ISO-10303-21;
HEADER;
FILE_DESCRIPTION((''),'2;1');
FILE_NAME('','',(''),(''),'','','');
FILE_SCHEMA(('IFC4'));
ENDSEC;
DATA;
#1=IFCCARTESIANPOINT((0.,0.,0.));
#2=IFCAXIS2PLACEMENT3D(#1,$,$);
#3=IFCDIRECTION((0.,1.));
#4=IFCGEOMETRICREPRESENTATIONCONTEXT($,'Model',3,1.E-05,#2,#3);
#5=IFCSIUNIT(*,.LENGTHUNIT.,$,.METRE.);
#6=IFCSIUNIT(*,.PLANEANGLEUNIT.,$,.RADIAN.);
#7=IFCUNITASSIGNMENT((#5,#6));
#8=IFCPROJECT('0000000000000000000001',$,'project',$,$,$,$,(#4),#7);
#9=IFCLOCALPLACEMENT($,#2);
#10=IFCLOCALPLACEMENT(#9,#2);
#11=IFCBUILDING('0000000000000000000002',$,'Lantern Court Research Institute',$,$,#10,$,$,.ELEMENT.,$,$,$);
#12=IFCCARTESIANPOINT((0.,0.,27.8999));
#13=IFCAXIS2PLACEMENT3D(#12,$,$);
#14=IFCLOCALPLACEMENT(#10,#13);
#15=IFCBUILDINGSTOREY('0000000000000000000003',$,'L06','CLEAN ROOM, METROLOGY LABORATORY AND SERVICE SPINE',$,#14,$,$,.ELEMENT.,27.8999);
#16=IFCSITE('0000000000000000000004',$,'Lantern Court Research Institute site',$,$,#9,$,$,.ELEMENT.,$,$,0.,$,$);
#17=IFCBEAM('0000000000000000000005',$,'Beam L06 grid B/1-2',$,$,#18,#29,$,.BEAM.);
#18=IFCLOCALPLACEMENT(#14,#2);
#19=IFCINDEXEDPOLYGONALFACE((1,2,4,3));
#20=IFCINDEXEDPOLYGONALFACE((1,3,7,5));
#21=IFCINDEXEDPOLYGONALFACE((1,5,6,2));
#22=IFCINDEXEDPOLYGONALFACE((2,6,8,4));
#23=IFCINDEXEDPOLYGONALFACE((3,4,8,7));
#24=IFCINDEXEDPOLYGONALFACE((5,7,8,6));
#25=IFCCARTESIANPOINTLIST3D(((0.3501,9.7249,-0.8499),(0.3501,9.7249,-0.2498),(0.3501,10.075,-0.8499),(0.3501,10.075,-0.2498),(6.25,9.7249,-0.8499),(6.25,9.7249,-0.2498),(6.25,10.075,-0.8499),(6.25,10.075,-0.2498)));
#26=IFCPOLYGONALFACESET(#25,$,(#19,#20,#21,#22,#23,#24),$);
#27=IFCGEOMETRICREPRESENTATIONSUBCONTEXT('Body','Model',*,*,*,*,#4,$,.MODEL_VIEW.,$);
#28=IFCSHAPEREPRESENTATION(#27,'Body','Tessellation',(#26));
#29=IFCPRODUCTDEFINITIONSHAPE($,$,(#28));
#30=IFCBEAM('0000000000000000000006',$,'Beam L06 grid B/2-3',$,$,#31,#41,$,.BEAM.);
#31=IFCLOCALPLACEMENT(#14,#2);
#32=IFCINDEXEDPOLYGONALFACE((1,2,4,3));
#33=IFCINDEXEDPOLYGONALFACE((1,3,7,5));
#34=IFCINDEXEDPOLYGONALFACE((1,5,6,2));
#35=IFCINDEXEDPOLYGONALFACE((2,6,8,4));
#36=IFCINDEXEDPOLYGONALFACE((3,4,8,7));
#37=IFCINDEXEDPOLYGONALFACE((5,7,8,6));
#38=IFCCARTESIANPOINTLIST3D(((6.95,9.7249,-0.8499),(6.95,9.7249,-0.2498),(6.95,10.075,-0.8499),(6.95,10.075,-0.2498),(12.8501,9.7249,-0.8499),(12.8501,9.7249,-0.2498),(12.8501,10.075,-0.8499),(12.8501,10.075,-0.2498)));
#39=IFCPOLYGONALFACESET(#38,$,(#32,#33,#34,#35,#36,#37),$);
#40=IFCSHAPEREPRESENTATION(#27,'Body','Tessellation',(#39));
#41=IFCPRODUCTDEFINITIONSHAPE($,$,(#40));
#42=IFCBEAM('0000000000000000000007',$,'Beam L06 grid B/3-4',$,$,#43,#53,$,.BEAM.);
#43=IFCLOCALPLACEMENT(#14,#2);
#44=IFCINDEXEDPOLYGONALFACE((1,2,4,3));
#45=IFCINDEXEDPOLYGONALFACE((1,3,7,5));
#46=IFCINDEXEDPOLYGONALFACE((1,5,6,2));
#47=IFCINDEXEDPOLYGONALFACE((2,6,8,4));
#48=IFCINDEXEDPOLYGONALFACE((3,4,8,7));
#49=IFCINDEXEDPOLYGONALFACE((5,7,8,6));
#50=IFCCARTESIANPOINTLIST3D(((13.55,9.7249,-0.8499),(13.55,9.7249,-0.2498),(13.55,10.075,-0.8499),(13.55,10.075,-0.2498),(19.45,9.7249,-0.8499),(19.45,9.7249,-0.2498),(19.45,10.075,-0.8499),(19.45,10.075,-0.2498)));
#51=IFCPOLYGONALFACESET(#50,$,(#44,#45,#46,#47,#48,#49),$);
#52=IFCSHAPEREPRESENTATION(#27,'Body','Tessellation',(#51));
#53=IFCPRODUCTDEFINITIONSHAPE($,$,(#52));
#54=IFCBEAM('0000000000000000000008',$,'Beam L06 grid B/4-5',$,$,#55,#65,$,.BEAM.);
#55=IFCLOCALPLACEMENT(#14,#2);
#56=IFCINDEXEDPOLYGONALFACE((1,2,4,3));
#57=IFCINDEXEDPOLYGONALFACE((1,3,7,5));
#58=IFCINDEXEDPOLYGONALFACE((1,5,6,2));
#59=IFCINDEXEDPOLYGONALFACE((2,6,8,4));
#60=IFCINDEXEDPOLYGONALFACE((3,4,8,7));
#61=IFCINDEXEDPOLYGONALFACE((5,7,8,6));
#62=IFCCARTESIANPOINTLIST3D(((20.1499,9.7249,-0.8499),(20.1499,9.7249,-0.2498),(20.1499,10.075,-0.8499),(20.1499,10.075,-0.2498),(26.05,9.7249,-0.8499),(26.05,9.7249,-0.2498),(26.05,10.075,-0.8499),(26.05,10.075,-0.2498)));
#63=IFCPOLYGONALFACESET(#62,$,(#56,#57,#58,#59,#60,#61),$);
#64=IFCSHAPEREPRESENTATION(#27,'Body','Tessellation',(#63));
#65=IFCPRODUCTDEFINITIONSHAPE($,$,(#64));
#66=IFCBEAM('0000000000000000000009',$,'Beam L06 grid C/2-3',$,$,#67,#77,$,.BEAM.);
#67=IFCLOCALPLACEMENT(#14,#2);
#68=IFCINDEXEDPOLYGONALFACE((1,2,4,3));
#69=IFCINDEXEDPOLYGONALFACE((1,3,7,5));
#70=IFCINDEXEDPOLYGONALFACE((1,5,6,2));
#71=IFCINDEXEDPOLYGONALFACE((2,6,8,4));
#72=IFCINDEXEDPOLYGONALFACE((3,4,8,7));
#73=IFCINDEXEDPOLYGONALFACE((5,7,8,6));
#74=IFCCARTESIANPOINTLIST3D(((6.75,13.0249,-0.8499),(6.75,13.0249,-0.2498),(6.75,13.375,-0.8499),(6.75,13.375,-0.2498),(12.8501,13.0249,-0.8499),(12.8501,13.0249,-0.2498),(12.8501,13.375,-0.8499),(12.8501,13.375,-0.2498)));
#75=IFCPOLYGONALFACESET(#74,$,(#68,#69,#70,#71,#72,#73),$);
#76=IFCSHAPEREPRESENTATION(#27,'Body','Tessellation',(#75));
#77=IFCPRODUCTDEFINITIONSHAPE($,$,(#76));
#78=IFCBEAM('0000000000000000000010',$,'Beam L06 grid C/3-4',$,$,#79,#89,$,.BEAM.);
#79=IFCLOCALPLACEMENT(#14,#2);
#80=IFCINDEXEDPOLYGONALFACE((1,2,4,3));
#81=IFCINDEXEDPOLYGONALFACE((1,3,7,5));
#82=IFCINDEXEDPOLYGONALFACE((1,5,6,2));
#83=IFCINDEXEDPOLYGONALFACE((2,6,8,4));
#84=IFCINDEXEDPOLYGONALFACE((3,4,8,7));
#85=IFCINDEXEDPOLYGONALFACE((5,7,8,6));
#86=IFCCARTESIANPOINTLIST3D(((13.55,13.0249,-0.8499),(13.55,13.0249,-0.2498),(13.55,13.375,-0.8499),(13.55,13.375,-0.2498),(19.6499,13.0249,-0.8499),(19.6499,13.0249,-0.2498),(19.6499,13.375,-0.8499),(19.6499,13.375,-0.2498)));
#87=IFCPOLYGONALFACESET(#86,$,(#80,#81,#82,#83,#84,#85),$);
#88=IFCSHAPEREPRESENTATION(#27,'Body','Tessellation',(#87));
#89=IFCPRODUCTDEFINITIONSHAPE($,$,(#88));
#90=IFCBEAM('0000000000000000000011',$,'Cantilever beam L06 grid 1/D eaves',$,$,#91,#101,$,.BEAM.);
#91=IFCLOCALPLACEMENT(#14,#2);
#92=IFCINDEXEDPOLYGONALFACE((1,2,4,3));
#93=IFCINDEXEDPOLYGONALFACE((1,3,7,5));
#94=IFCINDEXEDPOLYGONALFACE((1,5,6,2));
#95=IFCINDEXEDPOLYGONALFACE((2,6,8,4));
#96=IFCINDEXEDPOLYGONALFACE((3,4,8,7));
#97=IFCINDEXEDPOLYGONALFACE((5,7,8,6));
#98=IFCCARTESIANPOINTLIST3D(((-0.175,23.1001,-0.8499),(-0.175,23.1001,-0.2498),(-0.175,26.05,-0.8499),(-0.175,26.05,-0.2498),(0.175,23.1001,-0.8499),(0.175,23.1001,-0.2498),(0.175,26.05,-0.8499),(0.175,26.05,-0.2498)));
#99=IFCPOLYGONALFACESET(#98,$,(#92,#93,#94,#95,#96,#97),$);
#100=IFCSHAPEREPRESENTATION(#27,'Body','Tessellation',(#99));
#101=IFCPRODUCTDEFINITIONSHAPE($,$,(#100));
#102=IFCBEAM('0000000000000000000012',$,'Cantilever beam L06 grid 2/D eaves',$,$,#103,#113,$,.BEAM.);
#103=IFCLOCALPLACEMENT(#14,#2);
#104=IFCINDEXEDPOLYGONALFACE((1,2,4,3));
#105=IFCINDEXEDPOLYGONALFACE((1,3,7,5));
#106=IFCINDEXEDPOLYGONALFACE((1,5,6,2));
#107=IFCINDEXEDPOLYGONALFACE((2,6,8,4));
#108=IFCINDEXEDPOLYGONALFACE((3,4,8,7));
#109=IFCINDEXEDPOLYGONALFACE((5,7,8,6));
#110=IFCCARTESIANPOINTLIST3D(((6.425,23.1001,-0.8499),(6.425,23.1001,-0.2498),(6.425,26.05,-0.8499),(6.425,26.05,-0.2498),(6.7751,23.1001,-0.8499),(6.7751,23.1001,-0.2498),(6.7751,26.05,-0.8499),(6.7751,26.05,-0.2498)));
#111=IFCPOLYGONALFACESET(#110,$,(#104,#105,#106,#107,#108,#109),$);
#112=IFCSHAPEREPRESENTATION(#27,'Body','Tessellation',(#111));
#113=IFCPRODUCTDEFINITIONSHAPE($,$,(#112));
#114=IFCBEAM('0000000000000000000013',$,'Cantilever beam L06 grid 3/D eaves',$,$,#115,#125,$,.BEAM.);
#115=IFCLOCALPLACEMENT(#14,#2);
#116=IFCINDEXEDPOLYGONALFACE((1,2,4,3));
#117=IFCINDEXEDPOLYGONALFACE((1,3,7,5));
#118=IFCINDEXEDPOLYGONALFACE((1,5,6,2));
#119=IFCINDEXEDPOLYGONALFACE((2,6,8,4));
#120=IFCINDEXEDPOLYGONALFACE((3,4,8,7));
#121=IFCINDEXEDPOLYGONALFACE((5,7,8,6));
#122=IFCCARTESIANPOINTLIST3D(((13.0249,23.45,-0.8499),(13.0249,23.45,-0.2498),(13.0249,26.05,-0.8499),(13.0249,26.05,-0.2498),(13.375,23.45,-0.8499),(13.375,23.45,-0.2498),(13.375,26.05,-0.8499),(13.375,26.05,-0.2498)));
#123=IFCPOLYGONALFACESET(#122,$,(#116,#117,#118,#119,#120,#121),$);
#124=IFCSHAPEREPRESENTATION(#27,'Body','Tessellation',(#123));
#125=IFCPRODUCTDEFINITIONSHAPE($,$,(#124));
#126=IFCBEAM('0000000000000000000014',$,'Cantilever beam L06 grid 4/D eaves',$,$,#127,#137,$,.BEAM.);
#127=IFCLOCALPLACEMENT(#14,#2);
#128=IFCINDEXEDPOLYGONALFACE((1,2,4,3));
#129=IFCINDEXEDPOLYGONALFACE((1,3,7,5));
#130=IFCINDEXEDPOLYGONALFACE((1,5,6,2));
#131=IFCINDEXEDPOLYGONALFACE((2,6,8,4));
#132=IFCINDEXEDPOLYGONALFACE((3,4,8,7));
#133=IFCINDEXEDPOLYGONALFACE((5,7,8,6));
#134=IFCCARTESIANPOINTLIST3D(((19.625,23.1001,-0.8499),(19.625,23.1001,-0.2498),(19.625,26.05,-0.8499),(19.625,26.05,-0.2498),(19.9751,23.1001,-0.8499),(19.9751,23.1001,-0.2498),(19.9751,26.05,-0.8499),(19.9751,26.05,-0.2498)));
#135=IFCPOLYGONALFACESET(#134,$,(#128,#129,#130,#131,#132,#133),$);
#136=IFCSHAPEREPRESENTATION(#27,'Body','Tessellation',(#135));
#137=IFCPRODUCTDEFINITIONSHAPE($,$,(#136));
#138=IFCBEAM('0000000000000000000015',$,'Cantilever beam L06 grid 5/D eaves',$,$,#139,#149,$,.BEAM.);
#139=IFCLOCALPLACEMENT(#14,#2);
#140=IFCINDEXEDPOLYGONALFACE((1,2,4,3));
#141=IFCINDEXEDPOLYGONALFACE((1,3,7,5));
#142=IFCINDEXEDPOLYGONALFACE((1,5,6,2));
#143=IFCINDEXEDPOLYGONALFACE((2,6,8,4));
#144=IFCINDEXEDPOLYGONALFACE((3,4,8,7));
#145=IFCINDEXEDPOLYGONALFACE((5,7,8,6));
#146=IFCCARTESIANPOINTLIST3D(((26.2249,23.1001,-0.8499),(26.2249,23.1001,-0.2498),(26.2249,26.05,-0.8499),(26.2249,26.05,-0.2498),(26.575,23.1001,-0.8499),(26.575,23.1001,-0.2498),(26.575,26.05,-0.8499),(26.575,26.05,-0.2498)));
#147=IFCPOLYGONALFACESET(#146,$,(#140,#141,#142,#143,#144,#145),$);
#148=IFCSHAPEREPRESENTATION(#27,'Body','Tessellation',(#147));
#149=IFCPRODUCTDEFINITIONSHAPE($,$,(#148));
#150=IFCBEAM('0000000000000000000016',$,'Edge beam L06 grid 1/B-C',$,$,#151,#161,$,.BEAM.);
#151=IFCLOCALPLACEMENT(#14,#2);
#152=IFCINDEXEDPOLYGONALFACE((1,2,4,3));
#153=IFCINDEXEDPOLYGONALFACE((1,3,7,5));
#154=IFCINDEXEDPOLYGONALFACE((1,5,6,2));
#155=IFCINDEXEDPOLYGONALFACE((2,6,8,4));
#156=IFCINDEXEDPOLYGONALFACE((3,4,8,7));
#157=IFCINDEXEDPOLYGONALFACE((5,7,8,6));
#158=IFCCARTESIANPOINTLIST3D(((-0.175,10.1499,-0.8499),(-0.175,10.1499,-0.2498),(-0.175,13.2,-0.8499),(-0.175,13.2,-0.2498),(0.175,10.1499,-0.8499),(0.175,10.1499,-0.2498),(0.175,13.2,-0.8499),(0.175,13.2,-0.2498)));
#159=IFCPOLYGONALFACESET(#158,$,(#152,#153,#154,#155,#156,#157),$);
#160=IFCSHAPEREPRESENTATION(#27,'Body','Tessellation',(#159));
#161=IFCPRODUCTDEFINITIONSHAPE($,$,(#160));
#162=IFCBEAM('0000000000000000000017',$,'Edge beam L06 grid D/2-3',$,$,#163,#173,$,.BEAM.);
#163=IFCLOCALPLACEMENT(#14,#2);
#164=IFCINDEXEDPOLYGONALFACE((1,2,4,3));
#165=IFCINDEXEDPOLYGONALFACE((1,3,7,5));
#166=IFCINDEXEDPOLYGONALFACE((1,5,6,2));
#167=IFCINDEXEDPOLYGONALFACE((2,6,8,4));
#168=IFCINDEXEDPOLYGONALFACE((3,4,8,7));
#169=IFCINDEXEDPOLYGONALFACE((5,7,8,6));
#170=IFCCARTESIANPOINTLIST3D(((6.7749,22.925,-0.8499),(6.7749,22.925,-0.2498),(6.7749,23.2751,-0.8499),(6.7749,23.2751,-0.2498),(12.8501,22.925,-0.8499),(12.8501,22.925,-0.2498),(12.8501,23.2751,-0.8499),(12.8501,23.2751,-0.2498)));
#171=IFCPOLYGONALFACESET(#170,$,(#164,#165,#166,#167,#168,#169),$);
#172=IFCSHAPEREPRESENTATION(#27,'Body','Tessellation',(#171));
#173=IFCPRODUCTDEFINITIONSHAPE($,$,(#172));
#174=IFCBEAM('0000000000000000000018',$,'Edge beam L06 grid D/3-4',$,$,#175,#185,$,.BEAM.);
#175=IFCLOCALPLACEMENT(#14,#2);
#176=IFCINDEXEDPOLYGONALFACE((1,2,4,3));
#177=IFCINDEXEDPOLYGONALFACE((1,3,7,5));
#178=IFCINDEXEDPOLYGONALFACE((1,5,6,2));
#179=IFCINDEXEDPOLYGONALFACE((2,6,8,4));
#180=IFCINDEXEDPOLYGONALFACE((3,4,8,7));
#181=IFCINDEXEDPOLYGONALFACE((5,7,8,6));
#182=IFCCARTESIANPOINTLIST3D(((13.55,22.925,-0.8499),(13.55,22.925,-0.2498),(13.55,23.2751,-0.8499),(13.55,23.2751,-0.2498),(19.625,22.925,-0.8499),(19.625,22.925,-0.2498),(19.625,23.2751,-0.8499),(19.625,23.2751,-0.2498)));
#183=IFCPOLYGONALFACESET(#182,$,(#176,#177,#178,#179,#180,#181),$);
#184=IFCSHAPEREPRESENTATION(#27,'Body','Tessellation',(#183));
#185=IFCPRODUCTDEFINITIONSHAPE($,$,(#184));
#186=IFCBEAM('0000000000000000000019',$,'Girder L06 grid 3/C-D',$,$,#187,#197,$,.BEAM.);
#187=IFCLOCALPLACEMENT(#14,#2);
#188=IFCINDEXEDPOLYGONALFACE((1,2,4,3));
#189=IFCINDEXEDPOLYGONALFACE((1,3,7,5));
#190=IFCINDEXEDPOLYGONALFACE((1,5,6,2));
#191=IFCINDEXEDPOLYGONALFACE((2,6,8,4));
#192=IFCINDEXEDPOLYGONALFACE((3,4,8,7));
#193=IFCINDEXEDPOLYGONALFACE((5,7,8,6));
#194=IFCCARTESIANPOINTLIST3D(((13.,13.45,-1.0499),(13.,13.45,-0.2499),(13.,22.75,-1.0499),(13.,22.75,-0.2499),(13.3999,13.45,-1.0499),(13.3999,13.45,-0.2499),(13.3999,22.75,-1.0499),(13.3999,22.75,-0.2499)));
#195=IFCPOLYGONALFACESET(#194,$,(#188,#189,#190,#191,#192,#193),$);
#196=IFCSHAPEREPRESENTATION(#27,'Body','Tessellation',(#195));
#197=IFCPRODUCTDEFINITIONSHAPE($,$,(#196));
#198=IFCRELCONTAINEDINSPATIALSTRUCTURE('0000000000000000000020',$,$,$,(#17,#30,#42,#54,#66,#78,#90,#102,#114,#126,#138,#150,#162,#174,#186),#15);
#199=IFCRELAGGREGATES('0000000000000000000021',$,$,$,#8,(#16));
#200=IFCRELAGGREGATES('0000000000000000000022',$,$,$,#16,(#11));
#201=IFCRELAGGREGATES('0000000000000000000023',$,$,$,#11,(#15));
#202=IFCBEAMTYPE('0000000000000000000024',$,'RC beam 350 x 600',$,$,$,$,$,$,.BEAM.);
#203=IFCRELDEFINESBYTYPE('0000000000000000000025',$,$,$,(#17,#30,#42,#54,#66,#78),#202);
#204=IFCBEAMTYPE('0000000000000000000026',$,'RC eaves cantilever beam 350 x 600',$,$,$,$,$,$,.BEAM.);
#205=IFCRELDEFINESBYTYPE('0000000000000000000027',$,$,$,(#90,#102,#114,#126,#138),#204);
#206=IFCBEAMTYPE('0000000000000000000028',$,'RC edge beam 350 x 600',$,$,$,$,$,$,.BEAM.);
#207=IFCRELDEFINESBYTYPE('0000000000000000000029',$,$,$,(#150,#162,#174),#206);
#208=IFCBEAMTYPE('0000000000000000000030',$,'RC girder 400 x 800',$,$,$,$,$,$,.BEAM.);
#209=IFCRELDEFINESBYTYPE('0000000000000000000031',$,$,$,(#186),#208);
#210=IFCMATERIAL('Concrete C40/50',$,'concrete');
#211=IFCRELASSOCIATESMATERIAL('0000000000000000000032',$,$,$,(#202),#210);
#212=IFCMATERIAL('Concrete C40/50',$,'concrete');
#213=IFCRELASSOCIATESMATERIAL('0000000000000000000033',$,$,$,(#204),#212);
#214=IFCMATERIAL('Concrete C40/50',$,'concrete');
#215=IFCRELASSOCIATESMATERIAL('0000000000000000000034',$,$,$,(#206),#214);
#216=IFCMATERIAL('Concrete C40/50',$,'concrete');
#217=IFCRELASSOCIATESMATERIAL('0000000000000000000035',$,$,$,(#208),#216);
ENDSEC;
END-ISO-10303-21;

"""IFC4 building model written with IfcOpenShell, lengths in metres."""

from ifc_helpers import new_model, si_unit, direction, frame, origin, origin_2d, place, context, subcontext, project, spatial, rectangle, extrude, material, material_profile, profile_set, type_object, element, save


model = new_model("IFC4")

# Units and contexts
model_context = context("Model", 3, precision=1e-05, world=origin(), true_north=direction((0.0, 1.0)))
body_context = subcontext(model_context, "Body", "Model", "MODEL_VIEW")
ifc_project = project(units=[si_unit("LENGTHUNIT", "METRE"), si_unit("PLANEANGLEUNIT", "RADIAN")], contexts=[model_context])

# Site, building, storey
site_placement = place(None, origin())
site = spatial("IfcSite", under=ifc_project, at=site_placement, Name="Lantern Court Research Institute site", CompositionType="ELEMENT", RefElevation=0.0)
building_placement = place(site_placement, origin())
building = spatial("IfcBuilding", under=site, at=building_placement, Name="Lantern Court Research Institute", CompositionType="ELEMENT")
storey_placement = place(building_placement, frame((0.0, 0.0, 27.8999)))
storey = spatial("IfcBuildingStorey", under=building, at=storey_placement, Name="L06", Description="CLEAN ROOM, METROLOGY LABORATORY AND SERVICE SPINE", CompositionType="ELEMENT", Elevation=27.8999)

# Beams
ifc_material_1 = material(Name="Concrete C40/50", Category="concrete")
ifc_material_profile_1 = material_profile(ifc_material_1, rectangle(XDim=0.3501, YDim=0.6001, at=origin_2d()), Name="RC beam 350 x 600")
ifc_profile_set_1 = profile_set([ifc_material_profile_1], Name="Concrete C40/50")
beam_type_1 = type_object("IfcBeamType", Name="RC beam 350 x 600", PredefinedType="BEAM", material=ifc_profile_set_1)
beam_1_placement = place(storey_placement, frame((0.3501, 9.8999, -0.5498), z_axis=(1.0, 0.0, 0.0), x_axis=(0.0, 1.0, 0.0)))
element("IfcBeam", 1, at=beam_1_placement, inside=storey, type_object=beam_type_1, Name="Beam L06 grid B/1-2", PredefinedType="BEAM", context=body_context, shape_type="SweptSolid", body=[
    extrude(rectangle(XDim=0.3501, YDim=0.6001, at=origin_2d()), origin(), (0.0, 0.0, 1.0), 5.8999),
])
beam_2_placement = place(storey_placement, frame((6.95, 9.8999, -0.5498), z_axis=(1.0, 0.0, 0.0), x_axis=(0.0, 1.0, 0.0)))
element("IfcBeam", 2, at=beam_2_placement, inside=storey, type_object=beam_type_1, Name="Beam L06 grid B/2-3", PredefinedType="BEAM", context=body_context, shape_type="SweptSolid", body=[
    extrude(rectangle(XDim=0.3501, YDim=0.6001, at=origin_2d()), origin(), (0.0, 0.0, 1.0), 5.9001),
])
beam_3_placement = place(storey_placement, frame((13.55, 9.8999, -0.5498), z_axis=(1.0, 0.0, 0.0), x_axis=(0.0, 1.0, 0.0)))
element("IfcBeam", 3, at=beam_3_placement, inside=storey, type_object=beam_type_1, Name="Beam L06 grid B/3-4", PredefinedType="BEAM", context=body_context, shape_type="SweptSolid", body=[
    extrude(rectangle(XDim=0.3501, YDim=0.6001, at=origin_2d()), origin(), (0.0, 0.0, 1.0), 5.8999),
])
beam_4_placement = place(storey_placement, frame((20.1499, 9.8999, -0.5498), z_axis=(1.0, 0.0, 0.0), x_axis=(0.0, 1.0, 0.0)))
element("IfcBeam", 4, at=beam_4_placement, inside=storey, type_object=beam_type_1, Name="Beam L06 grid B/4-5", PredefinedType="BEAM", context=body_context, shape_type="SweptSolid", body=[
    extrude(rectangle(XDim=0.3501, YDim=0.6001, at=origin_2d()), origin(), (0.0, 0.0, 1.0), 5.9001),
])
beam_5_placement = place(storey_placement, frame((6.75, 13.2, -0.5498), z_axis=(1.0, 0.0, 0.0), x_axis=(0.0, 1.0, 0.0)))
element("IfcBeam", 5, at=beam_5_placement, inside=storey, type_object=beam_type_1, Name="Beam L06 grid C/2-3", PredefinedType="BEAM", context=body_context, shape_type="SweptSolid", body=[
    extrude(rectangle(XDim=0.3501, YDim=0.6001, at=origin_2d()), origin(), (0.0, 0.0, 1.0), 6.1001),
])
beam_6_placement = place(storey_placement, frame((13.55, 13.2, -0.5498), z_axis=(1.0, 0.0, 0.0), x_axis=(0.0, 1.0, 0.0)))
element("IfcBeam", 6, at=beam_6_placement, inside=storey, type_object=beam_type_1, Name="Beam L06 grid C/3-4", PredefinedType="BEAM", context=body_context, shape_type="SweptSolid", body=[
    extrude(rectangle(XDim=0.3501, YDim=0.6001, at=origin_2d()), origin(), (0.0, 0.0, 1.0), 6.0999),
])
ifc_material_2 = material(Name="Concrete C40/50", Category="concrete")
ifc_material_profile_2 = material_profile(ifc_material_2, rectangle(XDim=0.3501, YDim=0.6001, at=origin_2d()), Name="RC beam 350 x 600")
ifc_profile_set_2 = profile_set([ifc_material_profile_2], Name="Concrete C40/50")
beam_type_2 = type_object("IfcBeamType", Name="RC eaves cantilever beam 350 x 600", PredefinedType="BEAM", material=ifc_profile_set_2)
for number, where, z_axis, x_axis, name in (
    (7, (0.0, 23.1001, -0.5498), (0.0, 1.0, 0.0), (-1.0, 0.0, 0.0), "Cantilever beam L06 grid 1/D eaves"),
    (8, (6.6001, 23.1001, -0.5498), (0.0, 1.0, 0.0), (-1.0, 0.0, 0.0), "Cantilever beam L06 grid 2/D eaves"),
):
    element("IfcBeam", number, at=place(storey_placement, frame(where, z_axis=z_axis, x_axis=x_axis)), inside=storey, type_object=beam_type_2, Name=name, PredefinedType="BEAM", context=body_context, shape_type="SweptSolid", body=[
        extrude(rectangle(XDim=0.3501, YDim=0.6001, at=origin_2d()), origin(), (0.0, 0.0, 1.0), 2.95),
    ])
beam_7_placement = place(storey_placement, frame((13.2, 23.45, -0.5498), z_axis=(0.0, 1.0, 0.0), x_axis=(-1.0, 0.0, 0.0)))
element("IfcBeam", 9, at=beam_7_placement, inside=storey, type_object=beam_type_2, Name="Cantilever beam L06 grid 3/D eaves", PredefinedType="BEAM", context=body_context, shape_type="SweptSolid", body=[
    extrude(rectangle(XDim=0.3501, YDim=0.6001, at=origin_2d()), origin(), (0.0, 0.0, 1.0), 2.6001),
])
for number, where, z_axis, x_axis, name in (
    (10, (19.8, 23.1001, -0.5498), (0.0, 1.0, 0.0), (-1.0, 0.0, 0.0), "Cantilever beam L06 grid 4/D eaves"),
    (11, (26.3999, 23.1001, -0.5498), (0.0, 1.0, 0.0), (-1.0, 0.0, 0.0), "Cantilever beam L06 grid 5/D eaves"),
):
    element("IfcBeam", number, at=place(storey_placement, frame(where, z_axis=z_axis, x_axis=x_axis)), inside=storey, type_object=beam_type_2, Name=name, PredefinedType="BEAM", context=body_context, shape_type="SweptSolid", body=[
        extrude(rectangle(XDim=0.3501, YDim=0.6001, at=origin_2d()), origin(), (0.0, 0.0, 1.0), 2.95),
    ])
ifc_material_3 = material(Name="Concrete C40/50", Category="concrete")
ifc_material_profile_3 = material_profile(ifc_material_3, rectangle(XDim=0.3501, YDim=0.6001, at=origin_2d()), Name="RC beam 350 x 600")
ifc_profile_set_3 = profile_set([ifc_material_profile_3], Name="Concrete C40/50")
beam_type_3 = type_object("IfcBeamType", Name="RC edge beam 350 x 600", PredefinedType="BEAM", material=ifc_profile_set_3)
beam_8_placement = place(storey_placement, frame((0.0, 10.1499, -0.5498), z_axis=(0.0, 1.0, 0.0), x_axis=(-1.0, 0.0, 0.0)))
element("IfcBeam", 12, at=beam_8_placement, inside=storey, type_object=beam_type_3, Name="Edge beam L06 grid 1/B-C", PredefinedType="BEAM", context=body_context, shape_type="SweptSolid", body=[
    extrude(rectangle(XDim=0.3501, YDim=0.6001, at=origin_2d()), origin(), (0.0, 0.0, 1.0), 3.05),
])
beam_9_placement = place(storey_placement, frame((6.7749, 23.1001, -0.5498), z_axis=(1.0, 0.0, 0.0), x_axis=(0.0, 1.0, 0.0)))
element("IfcBeam", 13, at=beam_9_placement, inside=storey, type_object=beam_type_3, Name="Edge beam L06 grid D/2-3", PredefinedType="BEAM", context=body_context, shape_type="SweptSolid", body=[
    extrude(rectangle(XDim=0.3501, YDim=0.6001, at=origin_2d()), origin(), (0.0, 0.0, 1.0), 6.0752),
])
beam_10_placement = place(storey_placement, frame((13.55, 23.1001, -0.5498), z_axis=(1.0, 0.0, 0.0), x_axis=(0.0, 1.0, 0.0)))
element("IfcBeam", 14, at=beam_10_placement, inside=storey, type_object=beam_type_3, Name="Edge beam L06 grid D/3-4", PredefinedType="BEAM", context=body_context, shape_type="SweptSolid", body=[
    extrude(rectangle(XDim=0.3501, YDim=0.6001, at=origin_2d()), origin(), (0.0, 0.0, 1.0), 6.075),
])
ifc_material_4 = material(Name="Concrete C40/50", Category="concrete")
ifc_material_profile_4 = material_profile(ifc_material_4, rectangle(XDim=0.3999, YDim=0.8, at=origin_2d()), Name="RC beam 400 x 800")
ifc_profile_set_4 = profile_set([ifc_material_profile_4], Name="Concrete C40/50")
beam_type_4 = type_object("IfcBeamType", Name="RC girder 400 x 800", PredefinedType="BEAM", material=ifc_profile_set_4)
beam_11_placement = place(storey_placement, frame((13.2, 13.45, -0.6499), z_axis=(0.0, 1.0, 0.0), x_axis=(-1.0, 0.0, 0.0)))
element("IfcBeam", 15, at=beam_11_placement, inside=storey, type_object=beam_type_4, Name="Girder L06 grid 3/C-D", PredefinedType="BEAM", context=body_context, shape_type="SweptSolid", body=[
    extrude(rectangle(XDim=0.3999, YDim=0.8, at=origin_2d()), origin(), (0.0, 0.0, 1.0), 9.3),
])

save(model, "model.ifc")
